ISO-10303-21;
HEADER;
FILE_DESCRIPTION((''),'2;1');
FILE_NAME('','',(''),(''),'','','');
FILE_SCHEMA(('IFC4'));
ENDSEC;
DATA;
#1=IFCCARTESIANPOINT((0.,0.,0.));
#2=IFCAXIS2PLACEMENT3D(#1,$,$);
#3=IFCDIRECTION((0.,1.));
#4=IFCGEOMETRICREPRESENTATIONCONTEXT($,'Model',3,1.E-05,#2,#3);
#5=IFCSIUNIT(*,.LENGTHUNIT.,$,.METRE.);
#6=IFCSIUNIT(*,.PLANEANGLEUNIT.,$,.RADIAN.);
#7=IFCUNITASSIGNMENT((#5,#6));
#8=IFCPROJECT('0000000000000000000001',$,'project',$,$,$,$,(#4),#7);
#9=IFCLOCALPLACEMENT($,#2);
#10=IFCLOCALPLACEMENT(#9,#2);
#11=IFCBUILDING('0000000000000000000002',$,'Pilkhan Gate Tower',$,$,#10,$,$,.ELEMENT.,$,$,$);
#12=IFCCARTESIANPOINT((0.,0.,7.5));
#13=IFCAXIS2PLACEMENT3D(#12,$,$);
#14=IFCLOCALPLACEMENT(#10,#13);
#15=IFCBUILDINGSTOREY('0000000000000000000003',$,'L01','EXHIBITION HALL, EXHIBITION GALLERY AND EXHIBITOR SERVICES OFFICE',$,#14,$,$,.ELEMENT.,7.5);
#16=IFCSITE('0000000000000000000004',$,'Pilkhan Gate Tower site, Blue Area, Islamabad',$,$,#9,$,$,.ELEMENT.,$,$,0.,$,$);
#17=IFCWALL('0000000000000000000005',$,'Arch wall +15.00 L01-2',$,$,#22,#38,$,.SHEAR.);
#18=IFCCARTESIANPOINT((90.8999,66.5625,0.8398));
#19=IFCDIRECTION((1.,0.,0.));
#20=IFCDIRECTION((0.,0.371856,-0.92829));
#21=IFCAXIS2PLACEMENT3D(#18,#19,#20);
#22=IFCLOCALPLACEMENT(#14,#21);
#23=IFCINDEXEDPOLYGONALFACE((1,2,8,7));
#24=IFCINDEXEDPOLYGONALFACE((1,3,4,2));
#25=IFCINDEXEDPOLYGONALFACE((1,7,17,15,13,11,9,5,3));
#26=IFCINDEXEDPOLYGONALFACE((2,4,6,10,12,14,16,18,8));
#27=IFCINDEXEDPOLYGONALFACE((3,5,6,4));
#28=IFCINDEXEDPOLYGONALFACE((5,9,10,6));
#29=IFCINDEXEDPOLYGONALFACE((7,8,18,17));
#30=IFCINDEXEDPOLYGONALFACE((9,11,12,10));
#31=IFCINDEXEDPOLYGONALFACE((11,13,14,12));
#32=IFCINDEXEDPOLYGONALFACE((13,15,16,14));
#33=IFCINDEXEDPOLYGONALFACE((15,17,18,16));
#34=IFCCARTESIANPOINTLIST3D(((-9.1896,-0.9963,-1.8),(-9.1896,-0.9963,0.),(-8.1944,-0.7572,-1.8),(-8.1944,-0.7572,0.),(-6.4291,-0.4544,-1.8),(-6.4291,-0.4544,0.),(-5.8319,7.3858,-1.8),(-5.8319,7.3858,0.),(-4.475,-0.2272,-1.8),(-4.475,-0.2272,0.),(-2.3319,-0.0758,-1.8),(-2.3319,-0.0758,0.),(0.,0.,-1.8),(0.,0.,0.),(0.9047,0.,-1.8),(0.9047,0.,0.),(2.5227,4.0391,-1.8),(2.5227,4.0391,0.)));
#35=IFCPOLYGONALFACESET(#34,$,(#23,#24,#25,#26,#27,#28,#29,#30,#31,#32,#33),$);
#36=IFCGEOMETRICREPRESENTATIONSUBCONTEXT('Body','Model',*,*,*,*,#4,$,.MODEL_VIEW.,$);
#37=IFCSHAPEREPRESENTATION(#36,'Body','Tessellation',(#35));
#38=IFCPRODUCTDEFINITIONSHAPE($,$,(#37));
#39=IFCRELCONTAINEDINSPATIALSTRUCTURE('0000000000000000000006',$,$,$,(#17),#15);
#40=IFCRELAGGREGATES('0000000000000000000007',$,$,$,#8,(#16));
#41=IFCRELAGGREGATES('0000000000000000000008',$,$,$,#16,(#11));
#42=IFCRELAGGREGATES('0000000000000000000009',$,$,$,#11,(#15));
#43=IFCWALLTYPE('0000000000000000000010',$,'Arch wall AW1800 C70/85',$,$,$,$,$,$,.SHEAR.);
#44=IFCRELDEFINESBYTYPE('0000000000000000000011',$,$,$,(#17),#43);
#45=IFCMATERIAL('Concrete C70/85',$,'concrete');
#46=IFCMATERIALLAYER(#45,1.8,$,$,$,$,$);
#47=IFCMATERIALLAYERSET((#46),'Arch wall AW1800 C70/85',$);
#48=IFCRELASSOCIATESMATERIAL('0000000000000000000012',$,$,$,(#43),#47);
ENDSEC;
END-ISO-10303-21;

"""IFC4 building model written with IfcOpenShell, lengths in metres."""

from ifc_helpers import new_model, si_unit, direction, frame, origin, place, context, subcontext, project, spatial, polyline, outline, extrude, material, layer, layer_set, type_object, element, save


model = new_model("IFC4")

# Units and contexts
model_context = context("Model", 3, precision=1e-05, world=origin(), true_north=direction((0.0, 1.0)))
body_context = subcontext(model_context, "Body", "Model", "MODEL_VIEW")
ifc_project = project(units=[si_unit("LENGTHUNIT", "METRE"), si_unit("PLANEANGLEUNIT", "RADIAN")], contexts=[model_context])

# Site, building, storey
site_placement = place(None, origin())
site = spatial("IfcSite", under=ifc_project, at=site_placement, Name="Pilkhan Gate Tower site, Blue Area, Islamabad", CompositionType="ELEMENT", RefElevation=0.0)
building_placement = place(site_placement, origin())
building = spatial("IfcBuilding", under=site, at=building_placement, Name="Pilkhan Gate Tower", CompositionType="ELEMENT")
storey_placement = place(building_placement, frame((0.0, 0.0, 7.5)))
storey = spatial("IfcBuildingStorey", under=building, at=storey_placement, Name="L01", Description="EXHIBITION HALL, EXHIBITION GALLERY AND EXHIBITOR SERVICES OFFICE", CompositionType="ELEMENT", Elevation=7.5)

# Wall
ifc_material_1 = material(Name="Concrete C70/85", Category="concrete")
ifc_layer_1 = layer(ifc_material_1, 1.8)
ifc_layer_set_1 = layer_set([ifc_layer_1], Name="Arch wall AW1800 C70/85")
wall_type_1 = type_object("IfcWallType", Name="Arch wall AW1800 C70/85", PredefinedType="SHEAR", material=ifc_layer_set_1)
wall_1_placement = place(storey_placement, frame((90.8999, 66.5625, 0.8398), z_axis=(1.0, 0.0, 0.0), x_axis=(0.0, 0.371856, -0.92829)))
element("IfcWall", 1, at=wall_1_placement, inside=storey, type_object=wall_type_1, Name="Arch wall +15.00 L01-2", PredefinedType="SHEAR", context=body_context, shape_type="SweptSolid", body=[
    extrude(outline(polyline([(0.0, 0.0), (0.9047, 0.0), (2.5227, 4.0391), (-5.8319, 7.3858), (-9.1896, -0.9963), (-8.1944, -0.7572), (-6.4291, -0.4544), (-4.475, -0.2272), (-2.3319, -0.0758), (0.0, 0.0)])), origin(), (0.0, 0.0, -1.0), 1.8),
])

save(model, "model.ifc")
